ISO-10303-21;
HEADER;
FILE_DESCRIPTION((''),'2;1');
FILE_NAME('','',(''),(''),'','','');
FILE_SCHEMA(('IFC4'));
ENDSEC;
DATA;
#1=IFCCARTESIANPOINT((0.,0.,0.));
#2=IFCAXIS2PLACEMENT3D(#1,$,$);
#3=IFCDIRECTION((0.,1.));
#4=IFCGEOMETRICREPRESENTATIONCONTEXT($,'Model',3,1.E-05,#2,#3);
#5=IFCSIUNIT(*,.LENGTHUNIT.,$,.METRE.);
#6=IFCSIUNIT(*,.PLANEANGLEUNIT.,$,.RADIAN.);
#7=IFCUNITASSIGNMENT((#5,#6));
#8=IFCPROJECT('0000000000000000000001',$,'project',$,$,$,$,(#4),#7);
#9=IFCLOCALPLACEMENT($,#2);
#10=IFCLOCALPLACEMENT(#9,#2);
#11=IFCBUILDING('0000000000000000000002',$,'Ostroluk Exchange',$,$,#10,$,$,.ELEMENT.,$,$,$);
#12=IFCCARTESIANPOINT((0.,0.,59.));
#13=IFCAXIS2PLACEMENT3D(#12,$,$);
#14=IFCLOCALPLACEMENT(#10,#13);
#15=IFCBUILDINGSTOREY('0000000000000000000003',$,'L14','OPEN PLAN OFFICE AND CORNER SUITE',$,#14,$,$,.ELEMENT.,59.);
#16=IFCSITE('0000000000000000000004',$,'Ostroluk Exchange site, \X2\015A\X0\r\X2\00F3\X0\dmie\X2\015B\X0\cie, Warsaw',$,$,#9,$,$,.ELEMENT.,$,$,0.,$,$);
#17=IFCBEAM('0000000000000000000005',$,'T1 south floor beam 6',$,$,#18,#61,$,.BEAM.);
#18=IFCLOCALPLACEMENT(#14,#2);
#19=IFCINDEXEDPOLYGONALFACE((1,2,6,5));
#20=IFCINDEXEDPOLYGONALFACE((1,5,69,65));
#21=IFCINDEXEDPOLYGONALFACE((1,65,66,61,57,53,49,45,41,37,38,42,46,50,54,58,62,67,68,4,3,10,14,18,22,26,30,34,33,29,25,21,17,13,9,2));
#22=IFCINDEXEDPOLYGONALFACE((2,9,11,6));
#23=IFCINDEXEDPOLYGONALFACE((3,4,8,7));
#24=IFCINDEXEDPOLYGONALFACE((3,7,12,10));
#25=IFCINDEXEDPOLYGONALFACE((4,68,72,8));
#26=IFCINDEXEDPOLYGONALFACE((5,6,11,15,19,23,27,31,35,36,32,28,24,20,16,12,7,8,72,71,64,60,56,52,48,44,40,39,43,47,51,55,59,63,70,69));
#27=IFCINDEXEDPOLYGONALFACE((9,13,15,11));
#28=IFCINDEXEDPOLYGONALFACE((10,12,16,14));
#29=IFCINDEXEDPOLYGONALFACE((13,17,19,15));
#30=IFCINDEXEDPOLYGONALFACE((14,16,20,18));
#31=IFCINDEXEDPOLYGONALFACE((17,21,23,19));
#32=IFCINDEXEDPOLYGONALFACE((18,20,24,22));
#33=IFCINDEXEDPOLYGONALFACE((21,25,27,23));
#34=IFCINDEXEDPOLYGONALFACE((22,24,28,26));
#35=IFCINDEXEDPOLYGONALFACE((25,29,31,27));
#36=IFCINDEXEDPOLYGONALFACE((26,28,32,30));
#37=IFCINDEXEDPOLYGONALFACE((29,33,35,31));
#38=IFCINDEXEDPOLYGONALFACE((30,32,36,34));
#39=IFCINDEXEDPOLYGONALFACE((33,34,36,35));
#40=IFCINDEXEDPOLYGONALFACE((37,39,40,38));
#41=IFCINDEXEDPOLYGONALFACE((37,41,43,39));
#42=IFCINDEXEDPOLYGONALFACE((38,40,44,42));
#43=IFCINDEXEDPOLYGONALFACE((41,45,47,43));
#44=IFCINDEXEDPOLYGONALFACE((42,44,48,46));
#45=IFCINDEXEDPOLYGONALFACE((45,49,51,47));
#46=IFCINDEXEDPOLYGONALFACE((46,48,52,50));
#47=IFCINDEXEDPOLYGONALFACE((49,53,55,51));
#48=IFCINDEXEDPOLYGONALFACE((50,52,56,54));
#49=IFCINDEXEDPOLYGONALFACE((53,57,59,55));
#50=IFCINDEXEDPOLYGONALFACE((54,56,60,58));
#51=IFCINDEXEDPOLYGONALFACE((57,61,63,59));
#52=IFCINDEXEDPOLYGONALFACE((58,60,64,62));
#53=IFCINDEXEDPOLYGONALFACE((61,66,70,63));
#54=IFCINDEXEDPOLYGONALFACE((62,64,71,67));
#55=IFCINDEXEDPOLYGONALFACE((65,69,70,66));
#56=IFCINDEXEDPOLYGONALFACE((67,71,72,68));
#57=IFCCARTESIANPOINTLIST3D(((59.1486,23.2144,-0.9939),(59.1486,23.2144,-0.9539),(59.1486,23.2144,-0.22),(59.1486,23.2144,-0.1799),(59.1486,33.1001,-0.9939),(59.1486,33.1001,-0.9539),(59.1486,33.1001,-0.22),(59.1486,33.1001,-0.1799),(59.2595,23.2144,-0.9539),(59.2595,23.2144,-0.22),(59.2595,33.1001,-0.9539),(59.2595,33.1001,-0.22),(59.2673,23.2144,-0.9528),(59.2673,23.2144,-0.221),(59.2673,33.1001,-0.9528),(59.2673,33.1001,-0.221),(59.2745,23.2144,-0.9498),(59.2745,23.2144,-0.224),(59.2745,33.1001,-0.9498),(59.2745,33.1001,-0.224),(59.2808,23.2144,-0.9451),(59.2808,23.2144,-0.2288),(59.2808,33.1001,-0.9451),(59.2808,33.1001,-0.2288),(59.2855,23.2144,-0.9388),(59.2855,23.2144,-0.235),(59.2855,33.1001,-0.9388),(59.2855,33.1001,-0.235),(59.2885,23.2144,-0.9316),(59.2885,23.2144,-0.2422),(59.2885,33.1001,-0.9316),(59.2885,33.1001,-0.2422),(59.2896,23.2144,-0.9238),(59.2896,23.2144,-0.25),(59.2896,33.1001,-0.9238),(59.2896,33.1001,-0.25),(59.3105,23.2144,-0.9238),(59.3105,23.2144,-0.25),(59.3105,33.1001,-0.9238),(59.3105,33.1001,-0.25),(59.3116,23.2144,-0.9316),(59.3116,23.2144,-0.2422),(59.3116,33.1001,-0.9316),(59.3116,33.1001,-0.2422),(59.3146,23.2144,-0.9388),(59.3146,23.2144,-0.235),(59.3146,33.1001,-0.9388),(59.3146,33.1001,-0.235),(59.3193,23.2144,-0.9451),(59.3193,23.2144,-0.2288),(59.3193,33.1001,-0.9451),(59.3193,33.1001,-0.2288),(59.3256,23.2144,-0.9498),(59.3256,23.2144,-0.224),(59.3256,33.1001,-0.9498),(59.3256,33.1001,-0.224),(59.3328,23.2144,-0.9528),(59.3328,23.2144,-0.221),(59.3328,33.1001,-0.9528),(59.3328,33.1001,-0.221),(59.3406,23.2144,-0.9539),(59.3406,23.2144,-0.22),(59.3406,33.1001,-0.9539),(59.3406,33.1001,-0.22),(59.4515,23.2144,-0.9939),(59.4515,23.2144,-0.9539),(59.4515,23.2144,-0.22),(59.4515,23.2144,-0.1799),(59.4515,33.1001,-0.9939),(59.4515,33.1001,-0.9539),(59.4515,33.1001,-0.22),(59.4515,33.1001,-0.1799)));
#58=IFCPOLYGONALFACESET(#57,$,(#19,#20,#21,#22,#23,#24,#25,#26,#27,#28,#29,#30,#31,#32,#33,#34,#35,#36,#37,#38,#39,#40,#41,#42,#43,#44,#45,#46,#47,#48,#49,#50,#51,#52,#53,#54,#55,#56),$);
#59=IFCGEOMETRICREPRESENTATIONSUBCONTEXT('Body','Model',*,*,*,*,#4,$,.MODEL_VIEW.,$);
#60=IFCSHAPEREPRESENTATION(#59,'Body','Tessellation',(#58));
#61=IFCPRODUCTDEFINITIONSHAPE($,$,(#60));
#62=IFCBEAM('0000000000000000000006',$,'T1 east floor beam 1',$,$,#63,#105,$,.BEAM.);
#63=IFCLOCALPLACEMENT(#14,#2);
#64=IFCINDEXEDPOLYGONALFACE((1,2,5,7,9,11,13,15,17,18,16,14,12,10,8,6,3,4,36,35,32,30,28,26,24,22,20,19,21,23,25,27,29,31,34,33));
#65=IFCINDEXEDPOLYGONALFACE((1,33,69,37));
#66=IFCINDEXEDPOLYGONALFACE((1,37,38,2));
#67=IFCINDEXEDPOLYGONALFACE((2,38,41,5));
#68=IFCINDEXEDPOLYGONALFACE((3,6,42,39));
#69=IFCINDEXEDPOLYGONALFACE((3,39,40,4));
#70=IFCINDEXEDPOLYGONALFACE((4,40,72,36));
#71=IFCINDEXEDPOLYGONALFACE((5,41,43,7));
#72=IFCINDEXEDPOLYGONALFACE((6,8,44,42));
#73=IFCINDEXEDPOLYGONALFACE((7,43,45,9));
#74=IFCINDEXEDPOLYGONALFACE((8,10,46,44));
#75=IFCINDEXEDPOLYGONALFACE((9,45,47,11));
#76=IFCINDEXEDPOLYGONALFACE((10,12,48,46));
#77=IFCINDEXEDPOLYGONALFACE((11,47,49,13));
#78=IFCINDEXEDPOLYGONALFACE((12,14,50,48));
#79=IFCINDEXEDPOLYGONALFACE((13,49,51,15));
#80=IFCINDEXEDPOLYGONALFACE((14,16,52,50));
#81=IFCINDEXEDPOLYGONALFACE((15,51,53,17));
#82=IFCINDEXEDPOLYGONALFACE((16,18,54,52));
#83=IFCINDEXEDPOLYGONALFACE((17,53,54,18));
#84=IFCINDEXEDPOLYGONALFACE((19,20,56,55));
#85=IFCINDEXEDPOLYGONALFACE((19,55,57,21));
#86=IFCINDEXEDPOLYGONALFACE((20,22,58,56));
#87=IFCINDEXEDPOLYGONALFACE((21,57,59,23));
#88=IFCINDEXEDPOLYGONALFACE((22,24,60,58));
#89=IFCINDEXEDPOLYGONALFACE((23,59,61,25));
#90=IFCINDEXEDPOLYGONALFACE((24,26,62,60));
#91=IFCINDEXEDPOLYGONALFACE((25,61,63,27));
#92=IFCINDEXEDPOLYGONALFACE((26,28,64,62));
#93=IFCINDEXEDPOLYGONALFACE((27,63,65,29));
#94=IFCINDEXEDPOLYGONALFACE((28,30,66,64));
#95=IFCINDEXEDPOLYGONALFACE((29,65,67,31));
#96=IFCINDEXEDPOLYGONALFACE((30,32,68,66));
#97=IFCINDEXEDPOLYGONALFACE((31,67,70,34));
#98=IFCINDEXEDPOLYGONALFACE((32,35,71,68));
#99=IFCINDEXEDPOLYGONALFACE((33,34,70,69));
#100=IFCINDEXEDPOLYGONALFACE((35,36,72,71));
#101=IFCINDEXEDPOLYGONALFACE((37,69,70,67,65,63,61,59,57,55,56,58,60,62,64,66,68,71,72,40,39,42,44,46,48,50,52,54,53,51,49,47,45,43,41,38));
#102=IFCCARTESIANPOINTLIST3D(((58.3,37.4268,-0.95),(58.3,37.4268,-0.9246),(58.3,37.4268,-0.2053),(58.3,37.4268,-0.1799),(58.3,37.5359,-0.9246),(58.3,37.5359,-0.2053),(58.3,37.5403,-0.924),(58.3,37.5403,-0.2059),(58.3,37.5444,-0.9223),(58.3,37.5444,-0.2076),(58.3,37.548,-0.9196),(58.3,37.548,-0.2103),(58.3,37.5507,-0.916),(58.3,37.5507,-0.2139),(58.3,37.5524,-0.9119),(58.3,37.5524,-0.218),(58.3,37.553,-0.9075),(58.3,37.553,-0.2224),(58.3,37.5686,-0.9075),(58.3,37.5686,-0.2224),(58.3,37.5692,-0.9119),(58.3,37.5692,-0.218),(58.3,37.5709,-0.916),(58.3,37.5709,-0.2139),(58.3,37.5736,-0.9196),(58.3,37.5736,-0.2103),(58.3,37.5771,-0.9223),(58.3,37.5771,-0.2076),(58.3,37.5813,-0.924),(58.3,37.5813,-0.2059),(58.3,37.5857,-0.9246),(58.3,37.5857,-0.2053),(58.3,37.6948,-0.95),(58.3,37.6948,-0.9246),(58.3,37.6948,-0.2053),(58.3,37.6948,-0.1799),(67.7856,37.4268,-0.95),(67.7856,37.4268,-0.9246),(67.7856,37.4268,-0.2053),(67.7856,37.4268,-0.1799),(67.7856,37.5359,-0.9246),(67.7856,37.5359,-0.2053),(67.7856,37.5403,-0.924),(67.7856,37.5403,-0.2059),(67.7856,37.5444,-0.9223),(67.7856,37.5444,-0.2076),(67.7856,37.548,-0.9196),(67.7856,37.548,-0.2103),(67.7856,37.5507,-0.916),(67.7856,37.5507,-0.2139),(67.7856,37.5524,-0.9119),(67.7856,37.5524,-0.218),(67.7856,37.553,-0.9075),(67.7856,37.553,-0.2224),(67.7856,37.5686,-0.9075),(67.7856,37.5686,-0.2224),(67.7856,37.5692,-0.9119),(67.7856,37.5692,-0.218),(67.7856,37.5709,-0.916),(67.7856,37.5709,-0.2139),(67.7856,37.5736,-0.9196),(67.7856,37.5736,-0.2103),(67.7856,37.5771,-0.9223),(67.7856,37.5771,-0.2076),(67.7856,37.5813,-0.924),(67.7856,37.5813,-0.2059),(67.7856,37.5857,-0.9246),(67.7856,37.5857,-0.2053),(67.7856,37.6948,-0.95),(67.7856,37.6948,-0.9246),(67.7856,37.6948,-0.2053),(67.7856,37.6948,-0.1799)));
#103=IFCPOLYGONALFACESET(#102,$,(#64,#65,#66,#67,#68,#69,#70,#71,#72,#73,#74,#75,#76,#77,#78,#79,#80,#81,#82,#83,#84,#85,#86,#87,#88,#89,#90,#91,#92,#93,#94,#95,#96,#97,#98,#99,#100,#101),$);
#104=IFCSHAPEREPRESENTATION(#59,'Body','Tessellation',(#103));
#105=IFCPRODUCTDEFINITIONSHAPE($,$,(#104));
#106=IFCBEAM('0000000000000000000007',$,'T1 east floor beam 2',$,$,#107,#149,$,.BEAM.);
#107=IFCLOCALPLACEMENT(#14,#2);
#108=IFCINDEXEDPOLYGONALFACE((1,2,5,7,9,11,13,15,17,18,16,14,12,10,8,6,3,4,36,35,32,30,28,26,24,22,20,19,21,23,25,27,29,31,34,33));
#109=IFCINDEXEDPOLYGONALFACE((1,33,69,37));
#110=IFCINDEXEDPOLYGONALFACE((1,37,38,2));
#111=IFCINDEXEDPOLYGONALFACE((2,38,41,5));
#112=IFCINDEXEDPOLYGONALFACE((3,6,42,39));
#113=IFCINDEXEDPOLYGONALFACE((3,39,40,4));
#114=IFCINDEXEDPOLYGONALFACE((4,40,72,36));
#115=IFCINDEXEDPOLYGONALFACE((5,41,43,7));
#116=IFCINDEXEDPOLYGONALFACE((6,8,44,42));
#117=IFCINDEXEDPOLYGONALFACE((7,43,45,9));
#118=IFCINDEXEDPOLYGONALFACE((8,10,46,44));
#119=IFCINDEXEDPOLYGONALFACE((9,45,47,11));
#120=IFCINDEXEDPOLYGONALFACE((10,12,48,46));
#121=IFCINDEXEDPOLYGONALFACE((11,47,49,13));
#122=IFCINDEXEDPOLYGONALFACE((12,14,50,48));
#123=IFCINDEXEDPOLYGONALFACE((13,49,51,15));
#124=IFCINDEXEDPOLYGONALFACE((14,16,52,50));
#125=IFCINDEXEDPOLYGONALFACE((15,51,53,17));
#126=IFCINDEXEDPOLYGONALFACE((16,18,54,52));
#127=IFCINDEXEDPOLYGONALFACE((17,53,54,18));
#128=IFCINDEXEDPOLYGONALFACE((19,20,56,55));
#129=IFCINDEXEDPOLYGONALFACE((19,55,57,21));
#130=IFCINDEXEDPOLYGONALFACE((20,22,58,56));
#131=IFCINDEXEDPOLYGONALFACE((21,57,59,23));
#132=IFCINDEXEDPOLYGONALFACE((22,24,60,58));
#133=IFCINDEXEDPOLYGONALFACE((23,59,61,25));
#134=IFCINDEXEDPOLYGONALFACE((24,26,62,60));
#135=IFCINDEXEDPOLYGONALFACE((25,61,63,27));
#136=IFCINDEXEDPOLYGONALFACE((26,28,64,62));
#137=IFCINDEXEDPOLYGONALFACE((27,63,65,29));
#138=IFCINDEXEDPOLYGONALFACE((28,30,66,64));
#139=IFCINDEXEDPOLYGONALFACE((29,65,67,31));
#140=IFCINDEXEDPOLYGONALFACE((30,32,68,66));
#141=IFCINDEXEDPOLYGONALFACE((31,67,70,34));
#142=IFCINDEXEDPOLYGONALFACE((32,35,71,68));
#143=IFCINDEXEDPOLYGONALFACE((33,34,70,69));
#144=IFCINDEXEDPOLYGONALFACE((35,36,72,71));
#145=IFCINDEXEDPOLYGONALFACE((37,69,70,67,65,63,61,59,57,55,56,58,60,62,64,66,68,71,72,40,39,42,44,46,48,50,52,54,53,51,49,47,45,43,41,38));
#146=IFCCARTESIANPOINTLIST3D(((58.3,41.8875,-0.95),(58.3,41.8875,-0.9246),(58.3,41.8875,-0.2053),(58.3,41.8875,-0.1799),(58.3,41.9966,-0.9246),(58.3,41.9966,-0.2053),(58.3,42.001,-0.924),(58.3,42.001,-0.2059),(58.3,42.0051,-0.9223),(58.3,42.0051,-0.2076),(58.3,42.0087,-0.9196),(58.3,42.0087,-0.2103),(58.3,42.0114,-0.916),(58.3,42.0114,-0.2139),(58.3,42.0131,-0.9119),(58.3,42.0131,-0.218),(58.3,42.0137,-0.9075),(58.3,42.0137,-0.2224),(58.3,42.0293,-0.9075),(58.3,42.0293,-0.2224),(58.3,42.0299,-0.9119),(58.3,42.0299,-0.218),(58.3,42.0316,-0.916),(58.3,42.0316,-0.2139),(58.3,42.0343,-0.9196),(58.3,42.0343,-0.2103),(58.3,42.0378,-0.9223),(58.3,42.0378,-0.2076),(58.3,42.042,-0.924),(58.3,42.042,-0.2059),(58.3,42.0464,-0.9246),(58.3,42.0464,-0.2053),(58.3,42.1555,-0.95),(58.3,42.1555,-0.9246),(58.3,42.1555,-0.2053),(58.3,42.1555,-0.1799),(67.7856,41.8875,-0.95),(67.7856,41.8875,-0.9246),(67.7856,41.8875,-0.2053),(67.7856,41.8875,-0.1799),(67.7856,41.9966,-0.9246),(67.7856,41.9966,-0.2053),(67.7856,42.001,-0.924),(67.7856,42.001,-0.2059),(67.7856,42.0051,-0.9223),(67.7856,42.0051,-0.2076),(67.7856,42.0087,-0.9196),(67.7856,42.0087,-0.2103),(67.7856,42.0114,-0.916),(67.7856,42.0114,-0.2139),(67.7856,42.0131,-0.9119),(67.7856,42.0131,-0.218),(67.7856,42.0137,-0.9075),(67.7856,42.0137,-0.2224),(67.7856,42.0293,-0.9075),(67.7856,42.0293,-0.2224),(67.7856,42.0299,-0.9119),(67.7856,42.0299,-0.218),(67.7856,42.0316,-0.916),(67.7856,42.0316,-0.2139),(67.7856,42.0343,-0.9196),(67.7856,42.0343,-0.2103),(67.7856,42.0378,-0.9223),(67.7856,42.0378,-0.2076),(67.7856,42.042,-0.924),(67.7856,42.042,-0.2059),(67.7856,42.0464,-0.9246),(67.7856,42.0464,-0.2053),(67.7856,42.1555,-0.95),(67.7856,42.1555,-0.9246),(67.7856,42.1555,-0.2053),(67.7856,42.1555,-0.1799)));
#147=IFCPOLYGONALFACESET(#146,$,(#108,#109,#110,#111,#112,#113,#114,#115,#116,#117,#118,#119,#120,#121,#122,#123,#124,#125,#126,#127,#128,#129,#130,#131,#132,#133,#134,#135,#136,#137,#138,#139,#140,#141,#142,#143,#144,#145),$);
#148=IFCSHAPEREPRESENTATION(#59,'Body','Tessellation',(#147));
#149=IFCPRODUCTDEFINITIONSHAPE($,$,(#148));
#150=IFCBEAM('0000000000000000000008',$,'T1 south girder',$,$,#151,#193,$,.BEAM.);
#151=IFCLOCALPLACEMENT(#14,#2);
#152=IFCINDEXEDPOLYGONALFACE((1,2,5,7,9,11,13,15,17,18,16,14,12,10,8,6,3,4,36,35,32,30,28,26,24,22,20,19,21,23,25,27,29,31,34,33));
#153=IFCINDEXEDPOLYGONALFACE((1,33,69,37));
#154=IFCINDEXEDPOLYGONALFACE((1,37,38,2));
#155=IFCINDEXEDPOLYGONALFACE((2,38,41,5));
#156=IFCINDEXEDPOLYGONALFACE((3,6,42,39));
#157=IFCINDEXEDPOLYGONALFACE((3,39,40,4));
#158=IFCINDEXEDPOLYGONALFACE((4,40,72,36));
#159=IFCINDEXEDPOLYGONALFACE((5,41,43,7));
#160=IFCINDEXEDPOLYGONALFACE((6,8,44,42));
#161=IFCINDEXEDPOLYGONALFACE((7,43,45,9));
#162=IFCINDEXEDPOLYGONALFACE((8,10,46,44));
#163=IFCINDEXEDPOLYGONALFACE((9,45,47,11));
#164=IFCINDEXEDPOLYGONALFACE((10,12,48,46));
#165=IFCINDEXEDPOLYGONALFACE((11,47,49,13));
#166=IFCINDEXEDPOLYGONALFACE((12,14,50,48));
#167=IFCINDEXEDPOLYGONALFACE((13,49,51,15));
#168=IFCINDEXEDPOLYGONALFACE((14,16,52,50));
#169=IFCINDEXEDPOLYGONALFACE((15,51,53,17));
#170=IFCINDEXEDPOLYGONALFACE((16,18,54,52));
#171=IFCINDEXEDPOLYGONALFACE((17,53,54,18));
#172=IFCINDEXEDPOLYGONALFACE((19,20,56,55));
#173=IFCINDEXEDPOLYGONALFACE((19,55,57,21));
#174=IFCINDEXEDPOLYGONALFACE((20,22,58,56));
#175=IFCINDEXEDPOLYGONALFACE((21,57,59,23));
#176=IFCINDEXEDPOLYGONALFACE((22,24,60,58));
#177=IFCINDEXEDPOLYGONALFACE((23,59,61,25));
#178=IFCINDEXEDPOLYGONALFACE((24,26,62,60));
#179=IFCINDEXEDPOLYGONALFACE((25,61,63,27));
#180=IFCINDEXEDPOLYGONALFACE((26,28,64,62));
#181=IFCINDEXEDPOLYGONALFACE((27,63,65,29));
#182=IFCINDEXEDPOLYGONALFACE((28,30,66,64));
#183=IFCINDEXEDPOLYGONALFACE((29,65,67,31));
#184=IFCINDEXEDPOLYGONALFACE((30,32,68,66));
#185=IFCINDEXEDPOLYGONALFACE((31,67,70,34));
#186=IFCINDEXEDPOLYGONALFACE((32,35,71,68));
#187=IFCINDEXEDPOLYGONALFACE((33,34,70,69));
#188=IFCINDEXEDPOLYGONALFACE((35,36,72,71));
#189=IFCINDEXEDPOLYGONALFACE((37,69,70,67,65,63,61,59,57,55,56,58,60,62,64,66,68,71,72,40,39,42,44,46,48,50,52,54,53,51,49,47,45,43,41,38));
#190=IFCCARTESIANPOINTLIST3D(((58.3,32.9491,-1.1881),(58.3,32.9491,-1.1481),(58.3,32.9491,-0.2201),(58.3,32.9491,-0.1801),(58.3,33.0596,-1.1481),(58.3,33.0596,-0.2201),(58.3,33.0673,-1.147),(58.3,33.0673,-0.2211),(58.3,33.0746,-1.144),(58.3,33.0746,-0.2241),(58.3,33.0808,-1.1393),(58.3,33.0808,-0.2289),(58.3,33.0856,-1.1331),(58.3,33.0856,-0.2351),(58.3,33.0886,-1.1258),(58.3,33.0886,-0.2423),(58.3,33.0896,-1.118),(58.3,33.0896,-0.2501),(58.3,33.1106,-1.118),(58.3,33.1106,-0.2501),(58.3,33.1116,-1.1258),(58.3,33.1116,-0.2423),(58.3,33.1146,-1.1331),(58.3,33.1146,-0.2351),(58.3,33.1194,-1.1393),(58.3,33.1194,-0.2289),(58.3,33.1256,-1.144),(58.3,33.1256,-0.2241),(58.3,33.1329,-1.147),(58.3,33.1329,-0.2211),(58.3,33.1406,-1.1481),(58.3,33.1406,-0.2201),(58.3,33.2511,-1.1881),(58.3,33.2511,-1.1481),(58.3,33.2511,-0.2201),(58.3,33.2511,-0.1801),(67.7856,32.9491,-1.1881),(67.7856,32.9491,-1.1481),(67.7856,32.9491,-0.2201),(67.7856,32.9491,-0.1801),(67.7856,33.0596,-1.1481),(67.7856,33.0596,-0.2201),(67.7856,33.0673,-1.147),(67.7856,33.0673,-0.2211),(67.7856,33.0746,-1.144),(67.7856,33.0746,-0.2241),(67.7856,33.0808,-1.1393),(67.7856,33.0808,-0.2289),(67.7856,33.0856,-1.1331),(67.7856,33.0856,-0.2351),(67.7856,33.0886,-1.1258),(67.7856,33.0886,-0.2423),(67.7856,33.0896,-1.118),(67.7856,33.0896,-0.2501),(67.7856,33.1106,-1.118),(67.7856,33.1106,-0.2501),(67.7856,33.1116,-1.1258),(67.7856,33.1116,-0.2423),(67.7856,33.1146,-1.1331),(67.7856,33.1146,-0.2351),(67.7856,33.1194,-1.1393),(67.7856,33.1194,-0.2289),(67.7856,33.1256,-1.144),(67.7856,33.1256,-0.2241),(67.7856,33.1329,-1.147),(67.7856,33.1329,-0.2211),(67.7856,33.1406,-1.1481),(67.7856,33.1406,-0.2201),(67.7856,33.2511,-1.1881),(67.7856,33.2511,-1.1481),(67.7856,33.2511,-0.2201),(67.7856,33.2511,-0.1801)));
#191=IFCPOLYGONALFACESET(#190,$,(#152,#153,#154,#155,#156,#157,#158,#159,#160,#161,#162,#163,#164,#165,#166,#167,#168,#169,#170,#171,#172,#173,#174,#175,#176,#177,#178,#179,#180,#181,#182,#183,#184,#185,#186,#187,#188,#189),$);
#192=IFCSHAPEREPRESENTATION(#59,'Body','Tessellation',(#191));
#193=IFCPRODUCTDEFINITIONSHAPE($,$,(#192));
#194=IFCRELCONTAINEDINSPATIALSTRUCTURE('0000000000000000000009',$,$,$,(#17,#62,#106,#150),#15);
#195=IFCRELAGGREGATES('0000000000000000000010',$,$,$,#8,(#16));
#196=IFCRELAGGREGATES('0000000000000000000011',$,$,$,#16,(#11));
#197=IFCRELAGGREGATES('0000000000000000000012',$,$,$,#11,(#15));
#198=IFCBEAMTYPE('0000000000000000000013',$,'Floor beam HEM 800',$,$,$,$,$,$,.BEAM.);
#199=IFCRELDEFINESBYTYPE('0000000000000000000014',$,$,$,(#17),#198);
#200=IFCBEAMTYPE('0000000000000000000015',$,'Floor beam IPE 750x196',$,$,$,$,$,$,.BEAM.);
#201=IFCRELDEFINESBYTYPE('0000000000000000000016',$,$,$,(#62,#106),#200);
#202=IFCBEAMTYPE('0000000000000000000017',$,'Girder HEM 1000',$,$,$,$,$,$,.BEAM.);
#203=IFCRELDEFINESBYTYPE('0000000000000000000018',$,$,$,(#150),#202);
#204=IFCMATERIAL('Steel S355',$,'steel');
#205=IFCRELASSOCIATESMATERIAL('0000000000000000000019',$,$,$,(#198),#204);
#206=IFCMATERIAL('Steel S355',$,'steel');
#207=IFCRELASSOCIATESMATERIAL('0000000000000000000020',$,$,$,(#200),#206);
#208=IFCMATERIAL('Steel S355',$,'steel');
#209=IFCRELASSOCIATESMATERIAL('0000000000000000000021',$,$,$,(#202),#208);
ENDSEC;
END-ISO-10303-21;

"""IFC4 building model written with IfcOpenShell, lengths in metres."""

from ifc_helpers import new_model, si_unit, direction, frame, origin, origin_2d, place, context, subcontext, project, spatial, i_section, extrude, material, material_profile, profile_set, type_object, element, save


model = new_model("IFC4")

# Units and contexts
model_context = context("Model", 3, precision=1e-05, world=origin(), true_north=direction((0.0, 1.0)))
body_context = subcontext(model_context, "Body", "Model", "MODEL_VIEW")
ifc_project = project(units=[si_unit("LENGTHUNIT", "METRE"), si_unit("PLANEANGLEUNIT", "RADIAN")], contexts=[model_context])

# Site, building, storey
site_placement = place(None, origin())
site = spatial("IfcSite", under=ifc_project, at=site_placement, Name="Ostroluk Exchange site, Śródmieście, Warsaw", CompositionType="ELEMENT", RefElevation=0.0)
building_placement = place(site_placement, origin())
building = spatial("IfcBuilding", under=site, at=building_placement, Name="Ostroluk Exchange", CompositionType="ELEMENT")
storey_placement = place(building_placement, frame((0.0, 0.0, 59.0)))
storey = spatial("IfcBuildingStorey", under=building, at=storey_placement, Name="L14", Description="OPEN PLAN OFFICE AND CORNER SUITE", CompositionType="ELEMENT", Elevation=59.0)

# Beams
ifc_material_1 = material(Name="Steel S355", Category="steel")
ifc_material_profile_1 = material_profile(ifc_material_1, i_section(OverallWidth=0.303, OverallDepth=0.814, WebThickness=0.021, FlangeThickness=0.04, FilletRadius=0.03, at=origin_2d()), Name="HEM 800")
ifc_profile_set_1 = profile_set([ifc_material_profile_1], Name="Steel S355")
beam_type_1 = type_object("IfcBeamType", Name="Floor beam HEM 800", PredefinedType="BEAM", material=ifc_profile_set_1)
beam_1_placement = place(storey_placement, frame((59.3, 33.1001, -0.5869), z_axis=(0.0, -1.0, 0.0), x_axis=(1.0, 0.0, 0.0)))
element("IfcBeam", 1, at=beam_1_placement, inside=storey, type_object=beam_type_1, Name="T1 south floor beam 6", PredefinedType="BEAM", context=body_context, shape_type="SweptSolid", body=[
    extrude(i_section(OverallWidth=0.303, OverallDepth=0.814, WebThickness=0.021, FlangeThickness=0.04, FilletRadius=0.03, at=origin_2d()), origin(), (0.0, 0.0, 1.0), 9.8857),
])
ifc_material_2 = material(Name="Steel S355", Category="steel")
ifc_material_profile_2 = material_profile(ifc_material_2, i_section(OverallWidth=0.2681, OverallDepth=0.77, WebThickness=0.0156, FlangeThickness=0.0254, FilletRadius=0.0171, at=origin_2d()), Name="IPE 750x196")
ifc_profile_set_2 = profile_set([ifc_material_profile_2], Name="Steel S355")
beam_type_2 = type_object("IfcBeamType", Name="Floor beam IPE 750x196", PredefinedType="BEAM", material=ifc_profile_set_2)
for number, where, z_axis, x_axis, name in (
    (2, (58.3, 37.5608, -0.5649), (1.0, 0.0, 0.0), (0.0, 1.0, 0.0), "T1 east floor beam 1"),
    (3, (58.3, 42.0215, -0.5649), (1.0, 0.0, 0.0), (0.0, 1.0, 0.0), "T1 east floor beam 2"),
):
    element("IfcBeam", number, at=place(storey_placement, frame(where, z_axis=z_axis, x_axis=x_axis)), inside=storey, type_object=beam_type_2, Name=name, PredefinedType="BEAM", context=body_context, shape_type="SweptSolid", body=[
        extrude(i_section(OverallWidth=0.2681, OverallDepth=0.77, WebThickness=0.0156, FlangeThickness=0.0254, FilletRadius=0.0171, at=origin_2d()), origin(), (0.0, 0.0, 1.0), 9.4856),
    ])
ifc_material_3 = material(Name="Steel S355", Category="steel")
ifc_material_profile_3 = material_profile(ifc_material_3, i_section(OverallWidth=0.302, OverallDepth=1.0081, WebThickness=0.021, FlangeThickness=0.04, FilletRadius=0.03, at=origin_2d()), Name="HEM 1000")
ifc_profile_set_3 = profile_set([ifc_material_profile_3], Name="Steel S355")
beam_type_3 = type_object("IfcBeamType", Name="Girder HEM 1000", PredefinedType="BEAM", material=ifc_profile_set_3)
beam_2_placement = place(storey_placement, frame((58.3, 33.1001, -0.6841), z_axis=(1.0, 0.0, 0.0), x_axis=(0.0, 1.0, 0.0)))
element("IfcBeam", 4, at=beam_2_placement, inside=storey, type_object=beam_type_3, Name="T1 south girder", PredefinedType="BEAM", context=body_context, shape_type="SweptSolid", body=[
    extrude(i_section(OverallWidth=0.302, OverallDepth=1.0081, WebThickness=0.021, FlangeThickness=0.04, FilletRadius=0.03, at=origin_2d()), origin(), (0.0, 0.0, 1.0), 9.4856),
])

save(model, "model.ifc")
